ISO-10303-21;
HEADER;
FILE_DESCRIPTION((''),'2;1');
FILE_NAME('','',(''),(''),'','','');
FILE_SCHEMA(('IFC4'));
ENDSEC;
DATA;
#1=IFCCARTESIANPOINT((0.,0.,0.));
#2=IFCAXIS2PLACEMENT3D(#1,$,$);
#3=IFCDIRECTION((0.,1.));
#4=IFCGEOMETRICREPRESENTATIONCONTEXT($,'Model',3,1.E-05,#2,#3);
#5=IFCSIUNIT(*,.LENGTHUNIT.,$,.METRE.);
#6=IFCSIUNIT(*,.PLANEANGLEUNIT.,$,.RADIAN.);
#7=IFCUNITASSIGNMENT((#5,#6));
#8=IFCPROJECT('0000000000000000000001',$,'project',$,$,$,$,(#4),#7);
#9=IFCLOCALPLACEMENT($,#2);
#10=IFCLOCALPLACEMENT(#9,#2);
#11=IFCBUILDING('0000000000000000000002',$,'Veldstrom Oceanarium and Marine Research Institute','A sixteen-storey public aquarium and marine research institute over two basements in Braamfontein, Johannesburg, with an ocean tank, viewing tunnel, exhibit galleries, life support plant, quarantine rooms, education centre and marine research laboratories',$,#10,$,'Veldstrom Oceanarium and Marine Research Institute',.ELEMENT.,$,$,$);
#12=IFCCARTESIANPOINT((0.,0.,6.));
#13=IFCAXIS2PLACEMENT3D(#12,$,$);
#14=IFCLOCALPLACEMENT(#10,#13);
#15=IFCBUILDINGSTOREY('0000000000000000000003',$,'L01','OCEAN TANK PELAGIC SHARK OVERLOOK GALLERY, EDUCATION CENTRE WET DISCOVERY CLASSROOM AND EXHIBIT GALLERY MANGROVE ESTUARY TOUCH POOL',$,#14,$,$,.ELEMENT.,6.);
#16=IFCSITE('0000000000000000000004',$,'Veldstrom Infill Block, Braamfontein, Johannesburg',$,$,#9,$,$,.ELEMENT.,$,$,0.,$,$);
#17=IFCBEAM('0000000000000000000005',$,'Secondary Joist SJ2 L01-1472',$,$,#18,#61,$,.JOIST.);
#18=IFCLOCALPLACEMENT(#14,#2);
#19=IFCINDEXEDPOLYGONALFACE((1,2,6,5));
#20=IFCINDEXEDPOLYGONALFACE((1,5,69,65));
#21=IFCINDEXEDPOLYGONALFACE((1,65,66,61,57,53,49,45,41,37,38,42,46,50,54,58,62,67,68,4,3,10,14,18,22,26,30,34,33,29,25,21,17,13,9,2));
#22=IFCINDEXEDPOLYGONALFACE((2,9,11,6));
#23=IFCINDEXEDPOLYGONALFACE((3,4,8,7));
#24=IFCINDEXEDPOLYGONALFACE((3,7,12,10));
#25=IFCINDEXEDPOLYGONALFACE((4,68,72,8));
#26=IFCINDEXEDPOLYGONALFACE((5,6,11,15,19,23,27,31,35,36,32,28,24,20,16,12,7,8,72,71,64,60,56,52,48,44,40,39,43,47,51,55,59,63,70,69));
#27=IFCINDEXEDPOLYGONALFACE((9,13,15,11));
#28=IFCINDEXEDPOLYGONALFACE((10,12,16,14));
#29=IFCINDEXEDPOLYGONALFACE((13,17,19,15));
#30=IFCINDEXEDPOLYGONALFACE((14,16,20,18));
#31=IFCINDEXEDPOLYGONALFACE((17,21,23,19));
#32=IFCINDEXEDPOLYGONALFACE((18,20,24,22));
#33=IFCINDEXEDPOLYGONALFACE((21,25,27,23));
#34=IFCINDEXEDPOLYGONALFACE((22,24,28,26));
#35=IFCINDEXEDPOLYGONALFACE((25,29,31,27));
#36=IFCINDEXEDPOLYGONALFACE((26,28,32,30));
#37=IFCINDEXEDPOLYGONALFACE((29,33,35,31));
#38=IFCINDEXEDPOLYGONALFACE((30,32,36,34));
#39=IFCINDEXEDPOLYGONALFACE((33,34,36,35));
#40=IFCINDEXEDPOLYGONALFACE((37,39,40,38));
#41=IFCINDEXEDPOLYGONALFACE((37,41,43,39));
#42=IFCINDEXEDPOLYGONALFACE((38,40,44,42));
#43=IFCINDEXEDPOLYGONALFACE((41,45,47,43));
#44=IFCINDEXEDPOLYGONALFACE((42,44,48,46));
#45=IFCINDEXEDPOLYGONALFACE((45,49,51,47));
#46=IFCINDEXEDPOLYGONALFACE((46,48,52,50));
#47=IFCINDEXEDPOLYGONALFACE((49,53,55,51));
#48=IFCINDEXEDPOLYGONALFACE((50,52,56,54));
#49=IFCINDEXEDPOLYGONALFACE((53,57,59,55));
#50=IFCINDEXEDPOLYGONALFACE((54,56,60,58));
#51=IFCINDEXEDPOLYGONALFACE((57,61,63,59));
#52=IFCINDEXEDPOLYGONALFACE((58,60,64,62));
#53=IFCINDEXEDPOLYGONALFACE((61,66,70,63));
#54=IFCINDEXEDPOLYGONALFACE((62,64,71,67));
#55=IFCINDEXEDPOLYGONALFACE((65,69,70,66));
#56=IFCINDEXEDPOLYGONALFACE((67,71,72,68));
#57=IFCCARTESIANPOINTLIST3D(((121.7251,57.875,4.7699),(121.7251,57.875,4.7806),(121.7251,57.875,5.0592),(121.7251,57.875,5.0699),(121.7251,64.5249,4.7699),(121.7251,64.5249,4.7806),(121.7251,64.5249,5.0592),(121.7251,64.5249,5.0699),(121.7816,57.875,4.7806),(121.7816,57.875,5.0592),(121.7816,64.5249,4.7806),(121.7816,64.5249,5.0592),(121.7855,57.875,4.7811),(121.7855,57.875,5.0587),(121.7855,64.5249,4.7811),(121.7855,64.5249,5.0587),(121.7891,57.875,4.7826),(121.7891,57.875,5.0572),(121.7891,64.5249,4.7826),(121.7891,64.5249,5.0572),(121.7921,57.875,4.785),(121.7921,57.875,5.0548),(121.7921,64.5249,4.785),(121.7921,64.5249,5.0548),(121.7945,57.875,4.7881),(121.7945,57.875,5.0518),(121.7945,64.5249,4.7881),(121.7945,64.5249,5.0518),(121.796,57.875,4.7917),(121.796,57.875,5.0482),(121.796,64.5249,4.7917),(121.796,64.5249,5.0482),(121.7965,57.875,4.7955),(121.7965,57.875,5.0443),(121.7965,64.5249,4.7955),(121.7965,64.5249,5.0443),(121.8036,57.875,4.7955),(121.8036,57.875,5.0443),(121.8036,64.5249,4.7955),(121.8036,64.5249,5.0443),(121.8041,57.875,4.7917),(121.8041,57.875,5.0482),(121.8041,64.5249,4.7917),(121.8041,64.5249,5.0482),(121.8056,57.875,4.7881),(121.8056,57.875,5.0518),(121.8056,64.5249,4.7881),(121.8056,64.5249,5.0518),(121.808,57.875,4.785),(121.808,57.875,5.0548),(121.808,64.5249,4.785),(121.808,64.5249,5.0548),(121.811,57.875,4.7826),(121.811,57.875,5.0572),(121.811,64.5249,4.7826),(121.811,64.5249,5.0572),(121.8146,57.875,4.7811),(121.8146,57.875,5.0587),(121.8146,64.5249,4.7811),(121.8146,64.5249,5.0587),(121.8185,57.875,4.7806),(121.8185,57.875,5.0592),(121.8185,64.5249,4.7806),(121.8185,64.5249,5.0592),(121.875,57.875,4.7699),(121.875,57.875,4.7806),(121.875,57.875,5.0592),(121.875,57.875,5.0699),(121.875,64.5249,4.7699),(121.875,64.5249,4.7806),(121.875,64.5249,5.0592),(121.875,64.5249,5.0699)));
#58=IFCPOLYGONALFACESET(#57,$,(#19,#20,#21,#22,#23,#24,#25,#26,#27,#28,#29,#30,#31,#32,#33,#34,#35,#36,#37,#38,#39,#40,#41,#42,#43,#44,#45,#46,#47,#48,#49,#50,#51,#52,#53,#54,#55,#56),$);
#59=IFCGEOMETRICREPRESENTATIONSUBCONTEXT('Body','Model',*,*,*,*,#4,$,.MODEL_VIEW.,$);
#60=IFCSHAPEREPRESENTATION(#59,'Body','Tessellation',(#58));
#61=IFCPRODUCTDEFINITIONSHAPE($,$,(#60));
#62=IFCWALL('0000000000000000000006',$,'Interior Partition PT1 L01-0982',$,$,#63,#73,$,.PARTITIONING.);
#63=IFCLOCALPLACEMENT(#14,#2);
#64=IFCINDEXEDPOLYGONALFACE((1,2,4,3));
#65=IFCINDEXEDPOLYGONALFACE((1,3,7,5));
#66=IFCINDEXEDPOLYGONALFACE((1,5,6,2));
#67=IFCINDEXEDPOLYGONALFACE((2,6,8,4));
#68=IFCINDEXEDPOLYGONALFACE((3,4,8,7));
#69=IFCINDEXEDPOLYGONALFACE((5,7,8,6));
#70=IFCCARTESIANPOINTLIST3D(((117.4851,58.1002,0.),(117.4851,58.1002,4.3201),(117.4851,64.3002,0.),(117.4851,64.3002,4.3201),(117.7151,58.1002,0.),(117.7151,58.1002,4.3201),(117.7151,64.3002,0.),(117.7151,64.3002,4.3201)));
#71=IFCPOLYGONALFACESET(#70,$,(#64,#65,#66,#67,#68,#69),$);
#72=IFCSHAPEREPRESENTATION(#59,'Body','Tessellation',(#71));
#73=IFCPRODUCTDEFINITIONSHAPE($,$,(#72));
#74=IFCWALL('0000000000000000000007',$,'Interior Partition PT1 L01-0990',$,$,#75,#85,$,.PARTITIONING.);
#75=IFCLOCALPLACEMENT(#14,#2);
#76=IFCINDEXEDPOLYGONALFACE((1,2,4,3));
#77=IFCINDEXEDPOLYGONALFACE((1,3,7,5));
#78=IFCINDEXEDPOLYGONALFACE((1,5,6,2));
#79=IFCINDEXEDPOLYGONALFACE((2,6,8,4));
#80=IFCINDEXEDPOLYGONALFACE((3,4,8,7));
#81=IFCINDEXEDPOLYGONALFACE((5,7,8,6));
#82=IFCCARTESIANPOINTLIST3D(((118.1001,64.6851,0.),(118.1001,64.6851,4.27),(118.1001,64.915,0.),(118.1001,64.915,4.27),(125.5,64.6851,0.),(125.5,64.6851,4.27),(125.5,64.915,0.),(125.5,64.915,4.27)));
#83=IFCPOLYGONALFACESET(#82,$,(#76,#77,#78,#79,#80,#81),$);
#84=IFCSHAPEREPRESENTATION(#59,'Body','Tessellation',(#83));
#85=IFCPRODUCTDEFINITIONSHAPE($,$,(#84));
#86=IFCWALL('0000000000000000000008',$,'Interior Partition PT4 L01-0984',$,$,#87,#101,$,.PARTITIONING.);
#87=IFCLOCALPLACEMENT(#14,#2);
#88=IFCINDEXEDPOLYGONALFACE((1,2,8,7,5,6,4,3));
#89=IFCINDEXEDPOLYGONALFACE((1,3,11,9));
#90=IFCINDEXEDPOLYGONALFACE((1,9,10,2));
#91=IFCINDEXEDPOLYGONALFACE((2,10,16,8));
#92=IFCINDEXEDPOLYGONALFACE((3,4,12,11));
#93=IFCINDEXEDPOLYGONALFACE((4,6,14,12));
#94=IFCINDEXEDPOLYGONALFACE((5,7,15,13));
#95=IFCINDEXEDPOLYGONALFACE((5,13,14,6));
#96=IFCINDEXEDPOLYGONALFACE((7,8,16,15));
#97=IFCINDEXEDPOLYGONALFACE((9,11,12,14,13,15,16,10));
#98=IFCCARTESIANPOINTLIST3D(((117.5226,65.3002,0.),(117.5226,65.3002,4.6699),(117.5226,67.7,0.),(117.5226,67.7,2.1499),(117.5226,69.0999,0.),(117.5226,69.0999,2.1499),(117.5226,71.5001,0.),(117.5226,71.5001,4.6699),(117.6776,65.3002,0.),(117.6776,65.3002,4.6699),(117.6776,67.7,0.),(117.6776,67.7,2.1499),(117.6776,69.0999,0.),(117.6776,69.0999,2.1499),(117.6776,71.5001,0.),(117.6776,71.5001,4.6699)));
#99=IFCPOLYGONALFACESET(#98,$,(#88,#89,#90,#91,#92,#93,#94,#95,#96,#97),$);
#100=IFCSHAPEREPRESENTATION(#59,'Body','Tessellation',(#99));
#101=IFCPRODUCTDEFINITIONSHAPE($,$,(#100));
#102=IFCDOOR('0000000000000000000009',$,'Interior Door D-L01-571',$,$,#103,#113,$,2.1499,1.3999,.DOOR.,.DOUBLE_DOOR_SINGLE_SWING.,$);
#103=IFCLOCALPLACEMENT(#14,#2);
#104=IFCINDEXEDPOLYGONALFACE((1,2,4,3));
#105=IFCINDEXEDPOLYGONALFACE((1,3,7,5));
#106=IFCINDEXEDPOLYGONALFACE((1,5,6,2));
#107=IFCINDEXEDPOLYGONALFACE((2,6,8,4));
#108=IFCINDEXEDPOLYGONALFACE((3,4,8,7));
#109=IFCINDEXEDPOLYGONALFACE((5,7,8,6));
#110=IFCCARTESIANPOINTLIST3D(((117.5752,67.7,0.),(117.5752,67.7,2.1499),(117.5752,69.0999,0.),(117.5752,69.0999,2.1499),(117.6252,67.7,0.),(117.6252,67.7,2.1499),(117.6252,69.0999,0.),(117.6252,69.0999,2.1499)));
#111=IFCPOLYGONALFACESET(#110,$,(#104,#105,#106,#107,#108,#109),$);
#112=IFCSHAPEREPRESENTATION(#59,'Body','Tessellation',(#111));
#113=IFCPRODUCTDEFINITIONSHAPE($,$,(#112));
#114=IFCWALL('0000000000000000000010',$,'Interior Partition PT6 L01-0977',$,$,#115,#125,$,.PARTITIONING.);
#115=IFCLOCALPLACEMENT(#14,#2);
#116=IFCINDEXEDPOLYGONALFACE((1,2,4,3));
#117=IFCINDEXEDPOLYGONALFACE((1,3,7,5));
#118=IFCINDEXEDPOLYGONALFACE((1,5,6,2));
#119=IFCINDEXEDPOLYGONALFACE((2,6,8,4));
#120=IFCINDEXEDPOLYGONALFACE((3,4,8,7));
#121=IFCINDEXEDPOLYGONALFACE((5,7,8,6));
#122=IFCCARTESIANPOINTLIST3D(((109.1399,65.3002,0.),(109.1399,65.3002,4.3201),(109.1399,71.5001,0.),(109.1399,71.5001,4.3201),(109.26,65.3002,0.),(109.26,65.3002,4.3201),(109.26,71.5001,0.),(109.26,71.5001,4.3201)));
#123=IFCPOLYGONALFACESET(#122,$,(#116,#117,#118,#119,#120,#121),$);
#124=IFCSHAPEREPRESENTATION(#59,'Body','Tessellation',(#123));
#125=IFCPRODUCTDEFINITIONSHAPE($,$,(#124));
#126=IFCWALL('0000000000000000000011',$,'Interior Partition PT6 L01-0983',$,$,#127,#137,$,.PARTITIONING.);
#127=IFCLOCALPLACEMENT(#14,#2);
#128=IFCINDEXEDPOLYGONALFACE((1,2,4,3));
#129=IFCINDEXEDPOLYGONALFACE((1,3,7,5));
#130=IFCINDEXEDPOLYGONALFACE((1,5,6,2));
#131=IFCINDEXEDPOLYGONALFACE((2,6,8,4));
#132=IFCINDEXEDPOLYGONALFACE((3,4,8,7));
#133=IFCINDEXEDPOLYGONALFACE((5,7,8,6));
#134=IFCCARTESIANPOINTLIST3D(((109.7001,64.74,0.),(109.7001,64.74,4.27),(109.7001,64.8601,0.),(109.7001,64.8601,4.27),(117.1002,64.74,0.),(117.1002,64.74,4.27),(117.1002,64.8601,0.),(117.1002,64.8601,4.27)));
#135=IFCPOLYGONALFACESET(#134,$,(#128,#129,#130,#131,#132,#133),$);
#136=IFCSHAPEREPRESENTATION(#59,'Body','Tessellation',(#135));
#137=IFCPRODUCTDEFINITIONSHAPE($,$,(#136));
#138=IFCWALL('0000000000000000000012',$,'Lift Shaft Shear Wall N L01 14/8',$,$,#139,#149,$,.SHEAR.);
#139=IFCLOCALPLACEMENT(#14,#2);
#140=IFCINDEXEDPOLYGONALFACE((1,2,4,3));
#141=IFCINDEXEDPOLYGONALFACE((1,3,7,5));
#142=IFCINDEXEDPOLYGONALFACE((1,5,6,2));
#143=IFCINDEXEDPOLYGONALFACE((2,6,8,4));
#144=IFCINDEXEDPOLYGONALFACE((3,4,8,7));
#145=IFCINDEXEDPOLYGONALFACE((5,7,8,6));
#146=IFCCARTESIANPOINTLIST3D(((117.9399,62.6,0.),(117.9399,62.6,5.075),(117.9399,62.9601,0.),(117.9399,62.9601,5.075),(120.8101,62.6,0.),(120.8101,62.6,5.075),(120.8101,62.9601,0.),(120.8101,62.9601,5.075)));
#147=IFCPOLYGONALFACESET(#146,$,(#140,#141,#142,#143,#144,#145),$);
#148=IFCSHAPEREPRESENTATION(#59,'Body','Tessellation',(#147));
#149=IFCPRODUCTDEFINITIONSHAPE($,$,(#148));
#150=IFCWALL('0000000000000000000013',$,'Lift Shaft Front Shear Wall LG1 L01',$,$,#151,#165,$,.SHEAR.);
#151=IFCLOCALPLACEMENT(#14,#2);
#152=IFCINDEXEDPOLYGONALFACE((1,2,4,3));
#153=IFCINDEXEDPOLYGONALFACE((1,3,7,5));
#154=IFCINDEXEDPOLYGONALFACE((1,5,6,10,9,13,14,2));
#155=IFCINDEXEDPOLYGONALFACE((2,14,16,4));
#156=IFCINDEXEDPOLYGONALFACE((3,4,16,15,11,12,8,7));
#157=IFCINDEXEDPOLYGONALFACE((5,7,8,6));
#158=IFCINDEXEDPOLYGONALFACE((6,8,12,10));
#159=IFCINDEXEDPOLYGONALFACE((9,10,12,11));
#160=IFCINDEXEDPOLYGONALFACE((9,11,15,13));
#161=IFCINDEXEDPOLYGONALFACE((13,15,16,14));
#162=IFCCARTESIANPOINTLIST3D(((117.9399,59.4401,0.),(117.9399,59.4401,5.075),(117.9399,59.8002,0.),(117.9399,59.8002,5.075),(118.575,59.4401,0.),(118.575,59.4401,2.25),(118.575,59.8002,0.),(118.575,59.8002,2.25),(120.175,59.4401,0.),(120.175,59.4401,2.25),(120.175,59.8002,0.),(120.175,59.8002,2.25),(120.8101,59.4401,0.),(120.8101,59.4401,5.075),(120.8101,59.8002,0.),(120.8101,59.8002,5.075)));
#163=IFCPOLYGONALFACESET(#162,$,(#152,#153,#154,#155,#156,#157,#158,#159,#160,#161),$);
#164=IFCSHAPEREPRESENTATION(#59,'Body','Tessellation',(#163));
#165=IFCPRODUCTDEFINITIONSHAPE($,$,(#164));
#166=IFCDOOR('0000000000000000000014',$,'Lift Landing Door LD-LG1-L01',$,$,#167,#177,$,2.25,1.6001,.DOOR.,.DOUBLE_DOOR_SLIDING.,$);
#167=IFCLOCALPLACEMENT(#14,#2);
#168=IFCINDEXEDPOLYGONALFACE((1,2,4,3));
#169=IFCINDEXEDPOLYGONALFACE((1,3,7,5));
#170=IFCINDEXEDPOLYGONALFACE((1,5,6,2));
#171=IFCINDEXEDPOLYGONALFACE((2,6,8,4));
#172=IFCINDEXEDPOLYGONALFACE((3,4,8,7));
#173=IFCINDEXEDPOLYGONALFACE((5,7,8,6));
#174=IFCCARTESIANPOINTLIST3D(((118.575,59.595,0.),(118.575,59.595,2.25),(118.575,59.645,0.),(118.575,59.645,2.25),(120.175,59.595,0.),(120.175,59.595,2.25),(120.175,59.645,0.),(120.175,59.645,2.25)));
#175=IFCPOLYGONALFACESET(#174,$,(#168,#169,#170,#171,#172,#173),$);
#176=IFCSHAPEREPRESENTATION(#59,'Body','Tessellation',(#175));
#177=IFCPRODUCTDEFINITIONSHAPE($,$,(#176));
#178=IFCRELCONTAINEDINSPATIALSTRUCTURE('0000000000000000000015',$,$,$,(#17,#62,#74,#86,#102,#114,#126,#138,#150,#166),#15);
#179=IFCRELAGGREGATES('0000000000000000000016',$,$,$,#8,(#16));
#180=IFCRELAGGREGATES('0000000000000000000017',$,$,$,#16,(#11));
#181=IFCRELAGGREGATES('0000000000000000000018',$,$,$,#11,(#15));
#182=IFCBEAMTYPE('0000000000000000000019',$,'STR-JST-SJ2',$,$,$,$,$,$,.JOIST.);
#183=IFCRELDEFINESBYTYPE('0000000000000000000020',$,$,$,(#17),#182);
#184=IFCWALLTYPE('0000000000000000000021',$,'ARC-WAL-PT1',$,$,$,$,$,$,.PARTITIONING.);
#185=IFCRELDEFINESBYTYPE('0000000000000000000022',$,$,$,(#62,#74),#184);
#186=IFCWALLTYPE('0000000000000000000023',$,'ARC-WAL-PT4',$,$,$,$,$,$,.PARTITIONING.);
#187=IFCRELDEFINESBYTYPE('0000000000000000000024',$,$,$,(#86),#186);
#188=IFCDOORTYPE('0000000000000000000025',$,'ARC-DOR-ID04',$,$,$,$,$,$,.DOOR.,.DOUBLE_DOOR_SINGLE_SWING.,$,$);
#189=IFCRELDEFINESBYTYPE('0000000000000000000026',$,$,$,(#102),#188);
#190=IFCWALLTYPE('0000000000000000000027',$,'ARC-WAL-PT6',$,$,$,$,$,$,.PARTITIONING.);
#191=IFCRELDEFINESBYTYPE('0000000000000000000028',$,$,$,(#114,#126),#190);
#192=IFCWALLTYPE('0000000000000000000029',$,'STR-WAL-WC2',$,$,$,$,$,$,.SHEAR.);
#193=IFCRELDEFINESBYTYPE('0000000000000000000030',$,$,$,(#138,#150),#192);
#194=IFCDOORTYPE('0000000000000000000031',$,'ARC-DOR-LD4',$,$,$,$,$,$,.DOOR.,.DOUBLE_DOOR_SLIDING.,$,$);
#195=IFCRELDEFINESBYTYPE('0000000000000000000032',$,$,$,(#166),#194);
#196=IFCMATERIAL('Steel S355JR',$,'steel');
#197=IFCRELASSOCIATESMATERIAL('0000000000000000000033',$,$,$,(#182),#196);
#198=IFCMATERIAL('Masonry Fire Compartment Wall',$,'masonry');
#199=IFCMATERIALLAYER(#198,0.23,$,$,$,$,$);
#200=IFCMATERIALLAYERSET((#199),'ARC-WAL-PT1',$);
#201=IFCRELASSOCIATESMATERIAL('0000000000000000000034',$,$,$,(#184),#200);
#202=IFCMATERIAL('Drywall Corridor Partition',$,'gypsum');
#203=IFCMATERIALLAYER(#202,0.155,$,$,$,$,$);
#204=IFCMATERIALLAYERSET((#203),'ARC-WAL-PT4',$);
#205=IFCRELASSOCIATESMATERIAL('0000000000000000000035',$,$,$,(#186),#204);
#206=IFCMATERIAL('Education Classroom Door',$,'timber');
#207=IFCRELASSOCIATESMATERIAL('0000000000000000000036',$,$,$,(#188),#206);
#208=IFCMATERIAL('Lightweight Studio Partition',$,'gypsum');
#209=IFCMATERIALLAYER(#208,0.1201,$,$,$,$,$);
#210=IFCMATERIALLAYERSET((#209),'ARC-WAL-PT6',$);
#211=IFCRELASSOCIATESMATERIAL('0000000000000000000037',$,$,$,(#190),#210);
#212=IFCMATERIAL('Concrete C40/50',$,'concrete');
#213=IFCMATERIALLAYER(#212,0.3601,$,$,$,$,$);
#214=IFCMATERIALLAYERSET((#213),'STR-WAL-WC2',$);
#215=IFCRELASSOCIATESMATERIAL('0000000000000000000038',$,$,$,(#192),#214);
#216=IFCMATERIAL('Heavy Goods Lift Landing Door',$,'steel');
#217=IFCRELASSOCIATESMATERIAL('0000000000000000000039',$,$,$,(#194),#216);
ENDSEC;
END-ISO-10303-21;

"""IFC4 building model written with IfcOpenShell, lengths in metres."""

from ifc_helpers import new_model, si_unit, direction, frame, frame_2d, origin, origin_2d, place, context, subcontext, project, spatial, rectangle, i_section, extrude, material, layer, layer_set, material_profile, profile_set, type_object, element, fill, save


model = new_model("IFC4")

# Units and contexts
model_context = context("Model", 3, precision=1e-05, world=origin(), true_north=direction((0.0, 1.0)))
body_context = subcontext(model_context, "Body", "Model", "MODEL_VIEW")
ifc_project = project(units=[si_unit("LENGTHUNIT", "METRE"), si_unit("PLANEANGLEUNIT", "RADIAN")], contexts=[model_context])

# Site, building, storey
site_placement = place(None, origin())
site = spatial("IfcSite", under=ifc_project, at=site_placement, Name="Veldstrom Infill Block, Braamfontein, Johannesburg", CompositionType="ELEMENT", RefElevation=0.0)
building_placement = place(site_placement, origin())
building = spatial("IfcBuilding", under=site, at=building_placement, Name="Veldstrom Oceanarium and Marine Research Institute", Description="A sixteen-storey public aquarium and marine research institute over two basements in Braamfontein, Johannesburg, with an ocean tank, viewing tunnel, exhibit galleries, life support plant, quarantine rooms, education centre and marine research laboratories", LongName="Veldstrom Oceanarium and Marine Research Institute", CompositionType="ELEMENT")
storey_placement = place(building_placement, frame((0.0, 0.0, 6.0)))
storey = spatial("IfcBuildingStorey", under=building, at=storey_placement, Name="L01", Description="OCEAN TANK PELAGIC SHARK OVERLOOK GALLERY, EDUCATION CENTRE WET DISCOVERY CLASSROOM AND EXHIBIT GALLERY MANGROVE ESTUARY TOUCH POOL", CompositionType="ELEMENT", Elevation=6.0)

# Beam
ifc_material_1 = material(Name="Steel S355JR", Category="steel")
ifc_material_profile_1 = material_profile(ifc_material_1, i_section(OverallWidth=0.1499, OverallDepth=0.3, WebThickness=0.0071, FlangeThickness=0.0107, FilletRadius=0.0149, at=origin_2d()), Name="IPE 300")
ifc_profile_set_1 = profile_set([ifc_material_profile_1], Name="Steel S355JR")
beam_type_1 = type_object("IfcBeamType", Name="STR-JST-SJ2", PredefinedType="JOIST", material=ifc_profile_set_1)
beam_1_placement = place(storey_placement, frame((121.8, 57.875, 4.9199), z_axis=(0.0, 1.0, 0.0), x_axis=(-1.0, 0.0, 0.0)))
element("IfcBeam", 1, at=beam_1_placement, inside=storey, type_object=beam_type_1, Name="Secondary Joist SJ2 L01-1472", PredefinedType="JOIST", context=body_context, shape_type="SweptSolid", body=[
    extrude(i_section(OverallWidth=0.1499, OverallDepth=0.3, WebThickness=0.0071, FlangeThickness=0.0107, FilletRadius=0.0149, at=origin_2d()), origin(), (0.0, 0.0, 1.0), 6.6499),
])

# Walls
ifc_material_2 = material(Name="Masonry Fire Compartment Wall", Category="masonry")
ifc_layer_1 = layer(ifc_material_2, 0.23)
ifc_layer_set_1 = layer_set([ifc_layer_1], Name="ARC-WAL-PT1")
wall_type_1 = type_object("IfcWallType", Name="ARC-WAL-PT1", PredefinedType="PARTITIONING", material=ifc_layer_set_1)
wall_1_placement = place(storey_placement, frame((117.6001, 58.1001, 0.0), z_axis=(0.0, 0.0, 1.0), x_axis=(0.0, 1.0, 0.0)))
element("IfcWall", 2, at=wall_1_placement, inside=storey, type_object=wall_type_1, Name="Interior Partition PT1 L01-0982", PredefinedType="PARTITIONING", context=body_context, shape_type="SweptSolid", body=[
    extrude(rectangle(XDim=6.2, YDim=0.23, at=frame_2d((3.1001, 0.0))), origin(), (0.0, 0.0, 1.0), 4.3201),
])
wall_2_placement = place(storey_placement, frame((118.1001, 64.8, 0.0), z_axis=(0.0, 0.0, 1.0), x_axis=(1.0, 0.0, 0.0)))
element("IfcWall", 3, at=wall_2_placement, inside=storey, type_object=wall_type_1, Name="Interior Partition PT1 L01-0990", PredefinedType="PARTITIONING", context=body_context, shape_type="SweptSolid", body=[
    extrude(rectangle(XDim=7.3999, YDim=0.23, at=frame_2d((3.7, 0.0))), origin(), (0.0, 0.0, 1.0), 4.27),
])

# Wall, opening, door
ifc_material_3 = material(Name="Drywall Corridor Partition", Category="gypsum")
ifc_layer_2 = layer(ifc_material_3, 0.155)
ifc_layer_set_2 = layer_set([ifc_layer_2], Name="ARC-WAL-PT4")
wall_type_2 = type_object("IfcWallType", Name="ARC-WAL-PT4", PredefinedType="PARTITIONING", material=ifc_layer_set_2)
wall_3_placement = place(storey_placement, frame((117.6001, 65.3, 0.0), z_axis=(0.0, 0.0, 1.0), x_axis=(0.0, 1.0, 0.0)))
wall_3 = element("IfcWall", 4, at=wall_3_placement, inside=storey, type_object=wall_type_2, Name="Interior Partition PT4 L01-0984", PredefinedType="PARTITIONING", context=body_context, shape_type="SweptSolid", body=[
    extrude(rectangle(XDim=6.2, YDim=0.155, at=frame_2d((3.1001, 0.0))), origin(), (0.0, 0.0, 1.0), 4.6699),
])
opening_1_placement = place(wall_3_placement, frame((2.3999, 0.0, 0.0)))
opening_1 = element("IfcOpeningElement", 5, at=opening_1_placement, cuts=wall_3, PredefinedType="OPENING", context=body_context, shape_type="SweptSolid", body=[
    extrude(rectangle(XDim=1.3999, YDim=2.1499, at=frame_2d((0.7, 1.075))), frame((0.0, 0.0874, 0.0), z_axis=(0.0, -1.0, 0.0), x_axis=(1.0, 0.0, 0.0)), (0.0, 0.0, 1.0), 0.175),
])
ifc_material_4 = material(Name="Education Classroom Door", Category="timber")
door_type_1 = type_object("IfcDoorType", Name="ARC-DOR-ID04", OperationType="DOUBLE_DOOR_SINGLE_SWING", PredefinedType="DOOR", material=ifc_material_4)
door_1_placement = place(opening_1_placement, origin())
door_1 = element("IfcDoor", 6, at=door_1_placement, inside=storey, type_object=door_type_1, Name="Interior Door D-L01-571", OperationType="DOUBLE_DOOR_SINGLE_SWING", OverallHeight=2.1499, OverallWidth=1.3999, PredefinedType="DOOR", context=body_context, shape_type="SweptSolid", body=[
    extrude(rectangle(XDim=1.3999, YDim=2.1499, at=frame_2d((0.7, 1.075))), frame((0.0, 0.0249, 0.0), z_axis=(0.0, -1.0, 0.0), x_axis=(1.0, 0.0, 0.0)), (0.0, 0.0, 1.0), 0.05),
])
fill(opening_1, door_1)

# Walls
ifc_material_5 = material(Name="Lightweight Studio Partition", Category="gypsum")
ifc_layer_3 = layer(ifc_material_5, 0.1201)
ifc_layer_set_3 = layer_set([ifc_layer_3], Name="ARC-WAL-PT6")
wall_type_3 = type_object("IfcWallType", Name="ARC-WAL-PT6", PredefinedType="PARTITIONING", material=ifc_layer_set_3)
wall_4_placement = place(storey_placement, frame((109.2, 65.3, 0.0), z_axis=(0.0, 0.0, 1.0), x_axis=(0.0, 1.0, 0.0)))
element("IfcWall", 7, at=wall_4_placement, inside=storey, type_object=wall_type_3, Name="Interior Partition PT6 L01-0977", PredefinedType="PARTITIONING", context=body_context, shape_type="SweptSolid", body=[
    extrude(rectangle(XDim=6.2, YDim=0.1201, at=frame_2d((3.1001, 0.0))), origin(), (0.0, 0.0, 1.0), 4.3201),
])
wall_5_placement = place(storey_placement, frame((109.7, 64.8, 0.0), z_axis=(0.0, 0.0, 1.0), x_axis=(1.0, 0.0, 0.0)))
element("IfcWall", 8, at=wall_5_placement, inside=storey, type_object=wall_type_3, Name="Interior Partition PT6 L01-0983", PredefinedType="PARTITIONING", context=body_context, shape_type="SweptSolid", body=[
    extrude(rectangle(XDim=7.4001, YDim=0.1201, at=frame_2d((3.7002, 0.0))), origin(), (0.0, 0.0, 1.0), 4.27),
])
ifc_material_6 = material(Name="Concrete C40/50", Category="concrete")
ifc_layer_4 = layer(ifc_material_6, 0.3601)
ifc_layer_set_4 = layer_set([ifc_layer_4], Name="STR-WAL-WC2")
wall_type_4 = type_object("IfcWallType", Name="STR-WAL-WC2", PredefinedType="SHEAR", material=ifc_layer_set_4)
wall_6_placement = place(storey_placement, frame((117.9399, 62.78, 0.0), z_axis=(0.0, 0.0, 1.0), x_axis=(1.0, 0.0, 0.0)))
element("IfcWall", 9, at=wall_6_placement, inside=storey, type_object=wall_type_4, Name="Lift Shaft Shear Wall N L01 14/8", PredefinedType="SHEAR", context=body_context, shape_type="SweptSolid", body=[
    extrude(rectangle(XDim=2.8701, YDim=0.3601, at=frame_2d((1.4351, 0.0))), origin(), (0.0, 0.0, 1.0), 5.075),
])

# Wall, opening, door
wall_7_placement = place(storey_placement, frame((117.9399, 59.6201, 0.0), z_axis=(0.0, 0.0, 1.0), x_axis=(1.0, 0.0, 0.0)))
wall_7 = element("IfcWall", 10, at=wall_7_placement, inside=storey, type_object=wall_type_4, Name="Lift Shaft Front Shear Wall LG1 L01", PredefinedType="SHEAR", context=body_context, shape_type="SweptSolid", body=[
    extrude(rectangle(XDim=2.8701, YDim=0.3601, at=frame_2d((1.4351, 0.0))), origin(), (0.0, 0.0, 1.0), 5.075),
])
opening_2_placement = place(wall_7_placement, frame((0.635, 0.0, 0.0)))
opening_2 = element("IfcOpeningElement", 11, at=opening_2_placement, cuts=wall_7, PredefinedType="OPENING", context=body_context, shape_type="SweptSolid", body=[
    extrude(rectangle(XDim=1.6001, YDim=2.25, at=frame_2d((0.8, 1.125))), frame((0.0, 0.1899, 0.0), z_axis=(0.0, -1.0, 0.0), x_axis=(1.0, 0.0, 0.0)), (0.0, 0.0, 1.0), 0.3801),
])
ifc_material_7 = material(Name="Heavy Goods Lift Landing Door", Category="steel")
door_type_2 = type_object("IfcDoorType", Name="ARC-DOR-LD4", OperationType="DOUBLE_DOOR_SLIDING", PredefinedType="DOOR", material=ifc_material_7)
door_2_placement = place(opening_2_placement, origin())
door_2 = element("IfcDoor", 12, at=door_2_placement, inside=storey, type_object=door_type_2, Name="Lift Landing Door LD-LG1-L01", OperationType="DOUBLE_DOOR_SLIDING", OverallHeight=2.25, OverallWidth=1.6001, PredefinedType="DOOR", context=body_context, shape_type="SweptSolid", body=[
    extrude(rectangle(XDim=1.6001, YDim=2.25, at=frame_2d((0.8, 1.125))), frame((0.0, 0.0249, 0.0), z_axis=(0.0, -1.0, 0.0), x_axis=(1.0, 0.0, 0.0)), (0.0, 0.0, 1.0), 0.05),
])
fill(opening_2, door_2)

save(model, "model.ifc")
